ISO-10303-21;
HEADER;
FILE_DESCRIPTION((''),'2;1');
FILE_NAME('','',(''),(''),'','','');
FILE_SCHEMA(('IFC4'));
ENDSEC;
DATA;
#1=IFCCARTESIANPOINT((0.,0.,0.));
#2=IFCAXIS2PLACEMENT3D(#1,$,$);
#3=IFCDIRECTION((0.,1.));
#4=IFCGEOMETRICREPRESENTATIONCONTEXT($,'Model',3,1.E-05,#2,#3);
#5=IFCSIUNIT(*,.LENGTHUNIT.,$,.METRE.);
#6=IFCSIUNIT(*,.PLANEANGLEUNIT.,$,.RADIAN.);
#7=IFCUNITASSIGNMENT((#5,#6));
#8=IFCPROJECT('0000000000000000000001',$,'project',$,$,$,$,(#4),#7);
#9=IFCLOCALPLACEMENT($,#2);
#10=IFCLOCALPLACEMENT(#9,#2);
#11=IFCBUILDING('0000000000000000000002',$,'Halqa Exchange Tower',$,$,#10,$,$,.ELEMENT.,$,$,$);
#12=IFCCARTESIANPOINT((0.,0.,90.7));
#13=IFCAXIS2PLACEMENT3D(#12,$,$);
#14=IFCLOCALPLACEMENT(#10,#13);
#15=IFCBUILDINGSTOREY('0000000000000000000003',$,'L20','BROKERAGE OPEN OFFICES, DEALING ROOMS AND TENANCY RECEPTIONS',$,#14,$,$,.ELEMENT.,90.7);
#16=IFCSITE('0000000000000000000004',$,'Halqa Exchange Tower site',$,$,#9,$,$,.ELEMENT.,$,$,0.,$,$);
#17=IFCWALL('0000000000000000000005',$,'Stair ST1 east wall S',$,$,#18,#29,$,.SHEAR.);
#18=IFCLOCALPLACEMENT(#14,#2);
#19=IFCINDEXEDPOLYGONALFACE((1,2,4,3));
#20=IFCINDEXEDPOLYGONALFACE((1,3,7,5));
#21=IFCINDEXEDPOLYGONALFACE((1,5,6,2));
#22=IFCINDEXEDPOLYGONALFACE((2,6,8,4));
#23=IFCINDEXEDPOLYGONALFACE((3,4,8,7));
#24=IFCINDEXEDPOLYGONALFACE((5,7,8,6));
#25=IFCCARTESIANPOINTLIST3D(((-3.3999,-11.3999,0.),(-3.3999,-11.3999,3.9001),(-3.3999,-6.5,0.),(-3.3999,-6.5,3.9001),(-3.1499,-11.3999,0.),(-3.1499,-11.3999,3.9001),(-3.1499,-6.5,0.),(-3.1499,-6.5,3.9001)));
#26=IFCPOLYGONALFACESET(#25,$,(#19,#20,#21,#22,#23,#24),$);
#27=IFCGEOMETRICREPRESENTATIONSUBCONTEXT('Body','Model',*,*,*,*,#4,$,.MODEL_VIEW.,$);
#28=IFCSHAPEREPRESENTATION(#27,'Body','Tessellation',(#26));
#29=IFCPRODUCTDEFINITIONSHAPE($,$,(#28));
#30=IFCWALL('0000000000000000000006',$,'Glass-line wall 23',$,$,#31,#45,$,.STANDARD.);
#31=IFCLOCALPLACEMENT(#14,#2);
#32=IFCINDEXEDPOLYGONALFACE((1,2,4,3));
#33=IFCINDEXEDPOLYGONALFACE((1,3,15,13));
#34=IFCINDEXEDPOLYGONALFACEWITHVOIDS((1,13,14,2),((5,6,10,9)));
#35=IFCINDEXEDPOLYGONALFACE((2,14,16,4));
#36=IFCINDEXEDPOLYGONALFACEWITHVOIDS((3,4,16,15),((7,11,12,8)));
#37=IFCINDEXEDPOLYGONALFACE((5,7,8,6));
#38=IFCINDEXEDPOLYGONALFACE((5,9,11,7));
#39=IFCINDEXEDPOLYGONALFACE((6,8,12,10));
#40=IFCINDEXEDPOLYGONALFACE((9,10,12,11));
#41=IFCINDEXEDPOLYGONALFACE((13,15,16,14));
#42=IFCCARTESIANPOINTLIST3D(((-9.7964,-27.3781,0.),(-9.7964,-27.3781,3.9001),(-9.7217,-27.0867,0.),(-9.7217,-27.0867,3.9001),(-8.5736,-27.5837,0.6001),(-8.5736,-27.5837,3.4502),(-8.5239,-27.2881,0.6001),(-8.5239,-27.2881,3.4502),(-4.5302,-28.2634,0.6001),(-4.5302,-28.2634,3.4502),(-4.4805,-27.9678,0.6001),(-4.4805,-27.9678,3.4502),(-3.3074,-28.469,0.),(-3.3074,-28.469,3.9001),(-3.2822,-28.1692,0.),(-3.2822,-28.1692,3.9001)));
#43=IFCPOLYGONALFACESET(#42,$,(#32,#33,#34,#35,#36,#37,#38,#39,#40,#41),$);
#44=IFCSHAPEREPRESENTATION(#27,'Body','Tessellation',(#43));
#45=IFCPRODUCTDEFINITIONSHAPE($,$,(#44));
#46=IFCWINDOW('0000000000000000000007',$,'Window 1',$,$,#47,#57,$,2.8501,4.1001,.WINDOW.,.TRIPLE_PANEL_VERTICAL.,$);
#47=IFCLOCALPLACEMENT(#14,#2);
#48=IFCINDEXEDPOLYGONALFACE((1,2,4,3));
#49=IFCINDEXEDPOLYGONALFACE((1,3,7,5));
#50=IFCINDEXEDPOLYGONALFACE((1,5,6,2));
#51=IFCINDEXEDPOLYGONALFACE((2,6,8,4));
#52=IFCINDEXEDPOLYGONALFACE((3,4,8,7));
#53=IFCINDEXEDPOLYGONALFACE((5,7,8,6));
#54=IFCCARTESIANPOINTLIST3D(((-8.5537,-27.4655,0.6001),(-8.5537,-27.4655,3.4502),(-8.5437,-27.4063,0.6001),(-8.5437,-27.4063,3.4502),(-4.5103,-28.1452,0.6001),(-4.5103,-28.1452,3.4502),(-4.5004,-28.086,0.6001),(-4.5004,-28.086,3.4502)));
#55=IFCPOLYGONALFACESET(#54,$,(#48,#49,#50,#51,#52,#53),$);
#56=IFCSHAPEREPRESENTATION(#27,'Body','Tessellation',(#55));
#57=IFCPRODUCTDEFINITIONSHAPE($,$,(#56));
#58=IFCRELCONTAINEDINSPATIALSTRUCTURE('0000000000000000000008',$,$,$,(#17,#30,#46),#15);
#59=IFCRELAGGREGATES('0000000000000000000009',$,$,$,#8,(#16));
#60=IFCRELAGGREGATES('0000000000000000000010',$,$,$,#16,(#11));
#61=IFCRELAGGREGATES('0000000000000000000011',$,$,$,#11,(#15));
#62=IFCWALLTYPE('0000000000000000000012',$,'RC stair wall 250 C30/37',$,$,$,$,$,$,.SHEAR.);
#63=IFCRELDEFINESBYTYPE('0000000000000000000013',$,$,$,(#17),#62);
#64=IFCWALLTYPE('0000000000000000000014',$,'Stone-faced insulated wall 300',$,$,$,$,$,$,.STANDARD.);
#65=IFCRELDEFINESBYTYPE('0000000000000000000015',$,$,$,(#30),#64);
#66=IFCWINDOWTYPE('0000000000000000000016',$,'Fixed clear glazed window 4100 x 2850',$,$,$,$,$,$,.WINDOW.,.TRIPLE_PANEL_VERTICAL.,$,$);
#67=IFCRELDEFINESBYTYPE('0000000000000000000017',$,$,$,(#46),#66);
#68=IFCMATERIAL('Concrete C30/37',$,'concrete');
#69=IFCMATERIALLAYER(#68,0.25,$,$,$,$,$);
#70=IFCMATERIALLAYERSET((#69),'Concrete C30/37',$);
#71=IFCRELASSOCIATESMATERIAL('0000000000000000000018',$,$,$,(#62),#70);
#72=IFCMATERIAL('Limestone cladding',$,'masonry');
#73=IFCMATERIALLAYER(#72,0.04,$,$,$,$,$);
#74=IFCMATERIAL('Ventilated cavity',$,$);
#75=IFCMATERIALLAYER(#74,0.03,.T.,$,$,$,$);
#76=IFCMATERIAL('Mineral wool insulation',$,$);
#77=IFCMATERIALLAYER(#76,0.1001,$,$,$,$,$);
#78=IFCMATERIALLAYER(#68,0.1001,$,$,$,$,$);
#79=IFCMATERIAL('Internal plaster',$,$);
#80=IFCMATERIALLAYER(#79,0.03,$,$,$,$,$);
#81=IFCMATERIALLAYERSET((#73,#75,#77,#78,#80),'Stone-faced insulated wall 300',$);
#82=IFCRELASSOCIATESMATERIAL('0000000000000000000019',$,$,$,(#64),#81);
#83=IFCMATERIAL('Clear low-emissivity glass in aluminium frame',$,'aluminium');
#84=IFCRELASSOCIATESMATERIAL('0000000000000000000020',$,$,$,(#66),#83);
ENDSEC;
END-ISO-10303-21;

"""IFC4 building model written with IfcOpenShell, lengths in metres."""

from ifc_helpers import new_model, si_unit, direction, frame, frame_2d, origin, place, context, subcontext, project, spatial, polyline, rectangle, outline, extrude, material, layer, layer_set, type_object, element, fill, save


model = new_model("IFC4")

# Units and contexts
model_context = context("Model", 3, precision=1e-05, world=origin(), true_north=direction((0.0, 1.0)))
body_context = subcontext(model_context, "Body", "Model", "MODEL_VIEW")
ifc_project = project(units=[si_unit("LENGTHUNIT", "METRE"), si_unit("PLANEANGLEUNIT", "RADIAN")], contexts=[model_context])

# Site, building, storey
site_placement = place(None, origin())
site = spatial("IfcSite", under=ifc_project, at=site_placement, Name="Halqa Exchange Tower site", CompositionType="ELEMENT", RefElevation=0.0)
building_placement = place(site_placement, origin())
building = spatial("IfcBuilding", under=site, at=building_placement, Name="Halqa Exchange Tower", CompositionType="ELEMENT")
storey_placement = place(building_placement, frame((0.0, 0.0, 90.7)))
storey = spatial("IfcBuildingStorey", under=building, at=storey_placement, Name="L20", Description="BROKERAGE OPEN OFFICES, DEALING ROOMS AND TENANCY RECEPTIONS", CompositionType="ELEMENT", Elevation=90.7)

# Wall
ifc_material_1 = material(Name="Concrete C30/37", Category="concrete")
ifc_layer_1 = layer(ifc_material_1, 0.25)
ifc_layer_set_1 = layer_set([ifc_layer_1], Name="Concrete C30/37")
wall_type_1 = type_object("IfcWallType", Name="RC stair wall 250 C30/37", PredefinedType="SHEAR", material=ifc_layer_set_1)
wall_1_placement = place(storey_placement, frame((-3.2749, -11.3999, 0.0), z_axis=(0.0, 0.0, 1.0), x_axis=(0.0, 1.0, 0.0)))
element("IfcWall", 1, at=wall_1_placement, inside=storey, type_object=wall_type_1, Name="Stair ST1 east wall S", PredefinedType="SHEAR", context=body_context, shape_type="SweptSolid", body=[
    extrude(rectangle(XDim=4.8999, YDim=0.25, at=frame_2d((2.45, 0.0))), origin(), (0.0, 0.0, 1.0), 3.9001),
])

# Wall, opening, window
ifc_material_2 = material(Name="Limestone cladding", Category="masonry")
ifc_layer_2 = layer(ifc_material_2, 0.04)
ifc_material_3 = material(Name="Ventilated cavity")
ifc_layer_3 = layer(ifc_material_3, 0.03, ventilated=True)
ifc_material_4 = material(Name="Mineral wool insulation")
ifc_layer_4 = layer(ifc_material_4, 0.1001)
ifc_layer_5 = layer(ifc_material_1, 0.1001)
ifc_material_5 = material(Name="Internal plaster")
ifc_layer_6 = layer(ifc_material_5, 0.03)
ifc_layer_set_2 = layer_set([ifc_layer_2, ifc_layer_3, ifc_layer_4, ifc_layer_5, ifc_layer_6], Name="Stone-faced insulated wall 300")
wall_type_2 = type_object("IfcWallType", Name="Stone-faced insulated wall 300", PredefinedType="STANDARD", material=ifc_layer_set_2)
wall_2_placement = place(storey_placement, frame((-9.759, -27.2324, 0.0), z_axis=(0.0, 0.0, 1.0), x_axis=(0.986162, -0.165782, 0.0)))
wall_2 = element("IfcWall", 2, at=wall_2_placement, inside=storey, type_object=wall_type_2, Name="Glass-line wall 23", PredefinedType="STANDARD", context=body_context, shape_type="SweptSolid", body=[
    extrude(outline(polyline([(-0.0127, -0.1499), (6.5674, -0.1499), (6.5425, 0.1499), (0.0127, 0.1499), (-0.0127, -0.1499)])), origin(), (0.0, 0.0, 1.0), 3.9001),
])
opening_1_placement = place(wall_2_placement, frame((1.2273, 0.0, 0.6001)))
opening_1 = element("IfcOpeningElement", 3, at=opening_1_placement, cuts=wall_2, PredefinedType="OPENING", context=body_context, shape_type="SweptSolid", body=[
    extrude(rectangle(XDim=4.1001, YDim=2.8501, at=frame_2d((2.05, 1.425))), frame((0.0, 0.1621, 0.0), z_axis=(0.0, -1.0, 0.0), x_axis=(1.0, 0.0, 0.0)), (0.0, 0.0, 1.0), 0.324),
])
ifc_material_6 = material(Name="Clear low-emissivity glass in aluminium frame", Category="aluminium")
window_type = type_object("IfcWindowType", Name="Fixed clear glazed window 4100 x 2850", PartitioningType="TRIPLE_PANEL_VERTICAL", PredefinedType="WINDOW", material=ifc_material_6)
window_placement = place(opening_1_placement, origin())
window = element("IfcWindow", 4, at=window_placement, inside=storey, type_object=window_type, Name="Window 1", OverallHeight=2.8501, OverallWidth=4.1001, PartitioningType="TRIPLE_PANEL_VERTICAL", PredefinedType="WINDOW", context=body_context, shape_type="SweptSolid", body=[
    extrude(rectangle(XDim=4.1001, YDim=2.8501, at=frame_2d((2.05, 1.425))), frame((0.0, 0.03, 0.0), z_axis=(0.0, -1.0, 0.0), x_axis=(1.0, 0.0, 0.0)), (0.0, 0.0, 1.0), 0.0601),
])
fill(opening_1, window)

save(model, "model.ifc")
